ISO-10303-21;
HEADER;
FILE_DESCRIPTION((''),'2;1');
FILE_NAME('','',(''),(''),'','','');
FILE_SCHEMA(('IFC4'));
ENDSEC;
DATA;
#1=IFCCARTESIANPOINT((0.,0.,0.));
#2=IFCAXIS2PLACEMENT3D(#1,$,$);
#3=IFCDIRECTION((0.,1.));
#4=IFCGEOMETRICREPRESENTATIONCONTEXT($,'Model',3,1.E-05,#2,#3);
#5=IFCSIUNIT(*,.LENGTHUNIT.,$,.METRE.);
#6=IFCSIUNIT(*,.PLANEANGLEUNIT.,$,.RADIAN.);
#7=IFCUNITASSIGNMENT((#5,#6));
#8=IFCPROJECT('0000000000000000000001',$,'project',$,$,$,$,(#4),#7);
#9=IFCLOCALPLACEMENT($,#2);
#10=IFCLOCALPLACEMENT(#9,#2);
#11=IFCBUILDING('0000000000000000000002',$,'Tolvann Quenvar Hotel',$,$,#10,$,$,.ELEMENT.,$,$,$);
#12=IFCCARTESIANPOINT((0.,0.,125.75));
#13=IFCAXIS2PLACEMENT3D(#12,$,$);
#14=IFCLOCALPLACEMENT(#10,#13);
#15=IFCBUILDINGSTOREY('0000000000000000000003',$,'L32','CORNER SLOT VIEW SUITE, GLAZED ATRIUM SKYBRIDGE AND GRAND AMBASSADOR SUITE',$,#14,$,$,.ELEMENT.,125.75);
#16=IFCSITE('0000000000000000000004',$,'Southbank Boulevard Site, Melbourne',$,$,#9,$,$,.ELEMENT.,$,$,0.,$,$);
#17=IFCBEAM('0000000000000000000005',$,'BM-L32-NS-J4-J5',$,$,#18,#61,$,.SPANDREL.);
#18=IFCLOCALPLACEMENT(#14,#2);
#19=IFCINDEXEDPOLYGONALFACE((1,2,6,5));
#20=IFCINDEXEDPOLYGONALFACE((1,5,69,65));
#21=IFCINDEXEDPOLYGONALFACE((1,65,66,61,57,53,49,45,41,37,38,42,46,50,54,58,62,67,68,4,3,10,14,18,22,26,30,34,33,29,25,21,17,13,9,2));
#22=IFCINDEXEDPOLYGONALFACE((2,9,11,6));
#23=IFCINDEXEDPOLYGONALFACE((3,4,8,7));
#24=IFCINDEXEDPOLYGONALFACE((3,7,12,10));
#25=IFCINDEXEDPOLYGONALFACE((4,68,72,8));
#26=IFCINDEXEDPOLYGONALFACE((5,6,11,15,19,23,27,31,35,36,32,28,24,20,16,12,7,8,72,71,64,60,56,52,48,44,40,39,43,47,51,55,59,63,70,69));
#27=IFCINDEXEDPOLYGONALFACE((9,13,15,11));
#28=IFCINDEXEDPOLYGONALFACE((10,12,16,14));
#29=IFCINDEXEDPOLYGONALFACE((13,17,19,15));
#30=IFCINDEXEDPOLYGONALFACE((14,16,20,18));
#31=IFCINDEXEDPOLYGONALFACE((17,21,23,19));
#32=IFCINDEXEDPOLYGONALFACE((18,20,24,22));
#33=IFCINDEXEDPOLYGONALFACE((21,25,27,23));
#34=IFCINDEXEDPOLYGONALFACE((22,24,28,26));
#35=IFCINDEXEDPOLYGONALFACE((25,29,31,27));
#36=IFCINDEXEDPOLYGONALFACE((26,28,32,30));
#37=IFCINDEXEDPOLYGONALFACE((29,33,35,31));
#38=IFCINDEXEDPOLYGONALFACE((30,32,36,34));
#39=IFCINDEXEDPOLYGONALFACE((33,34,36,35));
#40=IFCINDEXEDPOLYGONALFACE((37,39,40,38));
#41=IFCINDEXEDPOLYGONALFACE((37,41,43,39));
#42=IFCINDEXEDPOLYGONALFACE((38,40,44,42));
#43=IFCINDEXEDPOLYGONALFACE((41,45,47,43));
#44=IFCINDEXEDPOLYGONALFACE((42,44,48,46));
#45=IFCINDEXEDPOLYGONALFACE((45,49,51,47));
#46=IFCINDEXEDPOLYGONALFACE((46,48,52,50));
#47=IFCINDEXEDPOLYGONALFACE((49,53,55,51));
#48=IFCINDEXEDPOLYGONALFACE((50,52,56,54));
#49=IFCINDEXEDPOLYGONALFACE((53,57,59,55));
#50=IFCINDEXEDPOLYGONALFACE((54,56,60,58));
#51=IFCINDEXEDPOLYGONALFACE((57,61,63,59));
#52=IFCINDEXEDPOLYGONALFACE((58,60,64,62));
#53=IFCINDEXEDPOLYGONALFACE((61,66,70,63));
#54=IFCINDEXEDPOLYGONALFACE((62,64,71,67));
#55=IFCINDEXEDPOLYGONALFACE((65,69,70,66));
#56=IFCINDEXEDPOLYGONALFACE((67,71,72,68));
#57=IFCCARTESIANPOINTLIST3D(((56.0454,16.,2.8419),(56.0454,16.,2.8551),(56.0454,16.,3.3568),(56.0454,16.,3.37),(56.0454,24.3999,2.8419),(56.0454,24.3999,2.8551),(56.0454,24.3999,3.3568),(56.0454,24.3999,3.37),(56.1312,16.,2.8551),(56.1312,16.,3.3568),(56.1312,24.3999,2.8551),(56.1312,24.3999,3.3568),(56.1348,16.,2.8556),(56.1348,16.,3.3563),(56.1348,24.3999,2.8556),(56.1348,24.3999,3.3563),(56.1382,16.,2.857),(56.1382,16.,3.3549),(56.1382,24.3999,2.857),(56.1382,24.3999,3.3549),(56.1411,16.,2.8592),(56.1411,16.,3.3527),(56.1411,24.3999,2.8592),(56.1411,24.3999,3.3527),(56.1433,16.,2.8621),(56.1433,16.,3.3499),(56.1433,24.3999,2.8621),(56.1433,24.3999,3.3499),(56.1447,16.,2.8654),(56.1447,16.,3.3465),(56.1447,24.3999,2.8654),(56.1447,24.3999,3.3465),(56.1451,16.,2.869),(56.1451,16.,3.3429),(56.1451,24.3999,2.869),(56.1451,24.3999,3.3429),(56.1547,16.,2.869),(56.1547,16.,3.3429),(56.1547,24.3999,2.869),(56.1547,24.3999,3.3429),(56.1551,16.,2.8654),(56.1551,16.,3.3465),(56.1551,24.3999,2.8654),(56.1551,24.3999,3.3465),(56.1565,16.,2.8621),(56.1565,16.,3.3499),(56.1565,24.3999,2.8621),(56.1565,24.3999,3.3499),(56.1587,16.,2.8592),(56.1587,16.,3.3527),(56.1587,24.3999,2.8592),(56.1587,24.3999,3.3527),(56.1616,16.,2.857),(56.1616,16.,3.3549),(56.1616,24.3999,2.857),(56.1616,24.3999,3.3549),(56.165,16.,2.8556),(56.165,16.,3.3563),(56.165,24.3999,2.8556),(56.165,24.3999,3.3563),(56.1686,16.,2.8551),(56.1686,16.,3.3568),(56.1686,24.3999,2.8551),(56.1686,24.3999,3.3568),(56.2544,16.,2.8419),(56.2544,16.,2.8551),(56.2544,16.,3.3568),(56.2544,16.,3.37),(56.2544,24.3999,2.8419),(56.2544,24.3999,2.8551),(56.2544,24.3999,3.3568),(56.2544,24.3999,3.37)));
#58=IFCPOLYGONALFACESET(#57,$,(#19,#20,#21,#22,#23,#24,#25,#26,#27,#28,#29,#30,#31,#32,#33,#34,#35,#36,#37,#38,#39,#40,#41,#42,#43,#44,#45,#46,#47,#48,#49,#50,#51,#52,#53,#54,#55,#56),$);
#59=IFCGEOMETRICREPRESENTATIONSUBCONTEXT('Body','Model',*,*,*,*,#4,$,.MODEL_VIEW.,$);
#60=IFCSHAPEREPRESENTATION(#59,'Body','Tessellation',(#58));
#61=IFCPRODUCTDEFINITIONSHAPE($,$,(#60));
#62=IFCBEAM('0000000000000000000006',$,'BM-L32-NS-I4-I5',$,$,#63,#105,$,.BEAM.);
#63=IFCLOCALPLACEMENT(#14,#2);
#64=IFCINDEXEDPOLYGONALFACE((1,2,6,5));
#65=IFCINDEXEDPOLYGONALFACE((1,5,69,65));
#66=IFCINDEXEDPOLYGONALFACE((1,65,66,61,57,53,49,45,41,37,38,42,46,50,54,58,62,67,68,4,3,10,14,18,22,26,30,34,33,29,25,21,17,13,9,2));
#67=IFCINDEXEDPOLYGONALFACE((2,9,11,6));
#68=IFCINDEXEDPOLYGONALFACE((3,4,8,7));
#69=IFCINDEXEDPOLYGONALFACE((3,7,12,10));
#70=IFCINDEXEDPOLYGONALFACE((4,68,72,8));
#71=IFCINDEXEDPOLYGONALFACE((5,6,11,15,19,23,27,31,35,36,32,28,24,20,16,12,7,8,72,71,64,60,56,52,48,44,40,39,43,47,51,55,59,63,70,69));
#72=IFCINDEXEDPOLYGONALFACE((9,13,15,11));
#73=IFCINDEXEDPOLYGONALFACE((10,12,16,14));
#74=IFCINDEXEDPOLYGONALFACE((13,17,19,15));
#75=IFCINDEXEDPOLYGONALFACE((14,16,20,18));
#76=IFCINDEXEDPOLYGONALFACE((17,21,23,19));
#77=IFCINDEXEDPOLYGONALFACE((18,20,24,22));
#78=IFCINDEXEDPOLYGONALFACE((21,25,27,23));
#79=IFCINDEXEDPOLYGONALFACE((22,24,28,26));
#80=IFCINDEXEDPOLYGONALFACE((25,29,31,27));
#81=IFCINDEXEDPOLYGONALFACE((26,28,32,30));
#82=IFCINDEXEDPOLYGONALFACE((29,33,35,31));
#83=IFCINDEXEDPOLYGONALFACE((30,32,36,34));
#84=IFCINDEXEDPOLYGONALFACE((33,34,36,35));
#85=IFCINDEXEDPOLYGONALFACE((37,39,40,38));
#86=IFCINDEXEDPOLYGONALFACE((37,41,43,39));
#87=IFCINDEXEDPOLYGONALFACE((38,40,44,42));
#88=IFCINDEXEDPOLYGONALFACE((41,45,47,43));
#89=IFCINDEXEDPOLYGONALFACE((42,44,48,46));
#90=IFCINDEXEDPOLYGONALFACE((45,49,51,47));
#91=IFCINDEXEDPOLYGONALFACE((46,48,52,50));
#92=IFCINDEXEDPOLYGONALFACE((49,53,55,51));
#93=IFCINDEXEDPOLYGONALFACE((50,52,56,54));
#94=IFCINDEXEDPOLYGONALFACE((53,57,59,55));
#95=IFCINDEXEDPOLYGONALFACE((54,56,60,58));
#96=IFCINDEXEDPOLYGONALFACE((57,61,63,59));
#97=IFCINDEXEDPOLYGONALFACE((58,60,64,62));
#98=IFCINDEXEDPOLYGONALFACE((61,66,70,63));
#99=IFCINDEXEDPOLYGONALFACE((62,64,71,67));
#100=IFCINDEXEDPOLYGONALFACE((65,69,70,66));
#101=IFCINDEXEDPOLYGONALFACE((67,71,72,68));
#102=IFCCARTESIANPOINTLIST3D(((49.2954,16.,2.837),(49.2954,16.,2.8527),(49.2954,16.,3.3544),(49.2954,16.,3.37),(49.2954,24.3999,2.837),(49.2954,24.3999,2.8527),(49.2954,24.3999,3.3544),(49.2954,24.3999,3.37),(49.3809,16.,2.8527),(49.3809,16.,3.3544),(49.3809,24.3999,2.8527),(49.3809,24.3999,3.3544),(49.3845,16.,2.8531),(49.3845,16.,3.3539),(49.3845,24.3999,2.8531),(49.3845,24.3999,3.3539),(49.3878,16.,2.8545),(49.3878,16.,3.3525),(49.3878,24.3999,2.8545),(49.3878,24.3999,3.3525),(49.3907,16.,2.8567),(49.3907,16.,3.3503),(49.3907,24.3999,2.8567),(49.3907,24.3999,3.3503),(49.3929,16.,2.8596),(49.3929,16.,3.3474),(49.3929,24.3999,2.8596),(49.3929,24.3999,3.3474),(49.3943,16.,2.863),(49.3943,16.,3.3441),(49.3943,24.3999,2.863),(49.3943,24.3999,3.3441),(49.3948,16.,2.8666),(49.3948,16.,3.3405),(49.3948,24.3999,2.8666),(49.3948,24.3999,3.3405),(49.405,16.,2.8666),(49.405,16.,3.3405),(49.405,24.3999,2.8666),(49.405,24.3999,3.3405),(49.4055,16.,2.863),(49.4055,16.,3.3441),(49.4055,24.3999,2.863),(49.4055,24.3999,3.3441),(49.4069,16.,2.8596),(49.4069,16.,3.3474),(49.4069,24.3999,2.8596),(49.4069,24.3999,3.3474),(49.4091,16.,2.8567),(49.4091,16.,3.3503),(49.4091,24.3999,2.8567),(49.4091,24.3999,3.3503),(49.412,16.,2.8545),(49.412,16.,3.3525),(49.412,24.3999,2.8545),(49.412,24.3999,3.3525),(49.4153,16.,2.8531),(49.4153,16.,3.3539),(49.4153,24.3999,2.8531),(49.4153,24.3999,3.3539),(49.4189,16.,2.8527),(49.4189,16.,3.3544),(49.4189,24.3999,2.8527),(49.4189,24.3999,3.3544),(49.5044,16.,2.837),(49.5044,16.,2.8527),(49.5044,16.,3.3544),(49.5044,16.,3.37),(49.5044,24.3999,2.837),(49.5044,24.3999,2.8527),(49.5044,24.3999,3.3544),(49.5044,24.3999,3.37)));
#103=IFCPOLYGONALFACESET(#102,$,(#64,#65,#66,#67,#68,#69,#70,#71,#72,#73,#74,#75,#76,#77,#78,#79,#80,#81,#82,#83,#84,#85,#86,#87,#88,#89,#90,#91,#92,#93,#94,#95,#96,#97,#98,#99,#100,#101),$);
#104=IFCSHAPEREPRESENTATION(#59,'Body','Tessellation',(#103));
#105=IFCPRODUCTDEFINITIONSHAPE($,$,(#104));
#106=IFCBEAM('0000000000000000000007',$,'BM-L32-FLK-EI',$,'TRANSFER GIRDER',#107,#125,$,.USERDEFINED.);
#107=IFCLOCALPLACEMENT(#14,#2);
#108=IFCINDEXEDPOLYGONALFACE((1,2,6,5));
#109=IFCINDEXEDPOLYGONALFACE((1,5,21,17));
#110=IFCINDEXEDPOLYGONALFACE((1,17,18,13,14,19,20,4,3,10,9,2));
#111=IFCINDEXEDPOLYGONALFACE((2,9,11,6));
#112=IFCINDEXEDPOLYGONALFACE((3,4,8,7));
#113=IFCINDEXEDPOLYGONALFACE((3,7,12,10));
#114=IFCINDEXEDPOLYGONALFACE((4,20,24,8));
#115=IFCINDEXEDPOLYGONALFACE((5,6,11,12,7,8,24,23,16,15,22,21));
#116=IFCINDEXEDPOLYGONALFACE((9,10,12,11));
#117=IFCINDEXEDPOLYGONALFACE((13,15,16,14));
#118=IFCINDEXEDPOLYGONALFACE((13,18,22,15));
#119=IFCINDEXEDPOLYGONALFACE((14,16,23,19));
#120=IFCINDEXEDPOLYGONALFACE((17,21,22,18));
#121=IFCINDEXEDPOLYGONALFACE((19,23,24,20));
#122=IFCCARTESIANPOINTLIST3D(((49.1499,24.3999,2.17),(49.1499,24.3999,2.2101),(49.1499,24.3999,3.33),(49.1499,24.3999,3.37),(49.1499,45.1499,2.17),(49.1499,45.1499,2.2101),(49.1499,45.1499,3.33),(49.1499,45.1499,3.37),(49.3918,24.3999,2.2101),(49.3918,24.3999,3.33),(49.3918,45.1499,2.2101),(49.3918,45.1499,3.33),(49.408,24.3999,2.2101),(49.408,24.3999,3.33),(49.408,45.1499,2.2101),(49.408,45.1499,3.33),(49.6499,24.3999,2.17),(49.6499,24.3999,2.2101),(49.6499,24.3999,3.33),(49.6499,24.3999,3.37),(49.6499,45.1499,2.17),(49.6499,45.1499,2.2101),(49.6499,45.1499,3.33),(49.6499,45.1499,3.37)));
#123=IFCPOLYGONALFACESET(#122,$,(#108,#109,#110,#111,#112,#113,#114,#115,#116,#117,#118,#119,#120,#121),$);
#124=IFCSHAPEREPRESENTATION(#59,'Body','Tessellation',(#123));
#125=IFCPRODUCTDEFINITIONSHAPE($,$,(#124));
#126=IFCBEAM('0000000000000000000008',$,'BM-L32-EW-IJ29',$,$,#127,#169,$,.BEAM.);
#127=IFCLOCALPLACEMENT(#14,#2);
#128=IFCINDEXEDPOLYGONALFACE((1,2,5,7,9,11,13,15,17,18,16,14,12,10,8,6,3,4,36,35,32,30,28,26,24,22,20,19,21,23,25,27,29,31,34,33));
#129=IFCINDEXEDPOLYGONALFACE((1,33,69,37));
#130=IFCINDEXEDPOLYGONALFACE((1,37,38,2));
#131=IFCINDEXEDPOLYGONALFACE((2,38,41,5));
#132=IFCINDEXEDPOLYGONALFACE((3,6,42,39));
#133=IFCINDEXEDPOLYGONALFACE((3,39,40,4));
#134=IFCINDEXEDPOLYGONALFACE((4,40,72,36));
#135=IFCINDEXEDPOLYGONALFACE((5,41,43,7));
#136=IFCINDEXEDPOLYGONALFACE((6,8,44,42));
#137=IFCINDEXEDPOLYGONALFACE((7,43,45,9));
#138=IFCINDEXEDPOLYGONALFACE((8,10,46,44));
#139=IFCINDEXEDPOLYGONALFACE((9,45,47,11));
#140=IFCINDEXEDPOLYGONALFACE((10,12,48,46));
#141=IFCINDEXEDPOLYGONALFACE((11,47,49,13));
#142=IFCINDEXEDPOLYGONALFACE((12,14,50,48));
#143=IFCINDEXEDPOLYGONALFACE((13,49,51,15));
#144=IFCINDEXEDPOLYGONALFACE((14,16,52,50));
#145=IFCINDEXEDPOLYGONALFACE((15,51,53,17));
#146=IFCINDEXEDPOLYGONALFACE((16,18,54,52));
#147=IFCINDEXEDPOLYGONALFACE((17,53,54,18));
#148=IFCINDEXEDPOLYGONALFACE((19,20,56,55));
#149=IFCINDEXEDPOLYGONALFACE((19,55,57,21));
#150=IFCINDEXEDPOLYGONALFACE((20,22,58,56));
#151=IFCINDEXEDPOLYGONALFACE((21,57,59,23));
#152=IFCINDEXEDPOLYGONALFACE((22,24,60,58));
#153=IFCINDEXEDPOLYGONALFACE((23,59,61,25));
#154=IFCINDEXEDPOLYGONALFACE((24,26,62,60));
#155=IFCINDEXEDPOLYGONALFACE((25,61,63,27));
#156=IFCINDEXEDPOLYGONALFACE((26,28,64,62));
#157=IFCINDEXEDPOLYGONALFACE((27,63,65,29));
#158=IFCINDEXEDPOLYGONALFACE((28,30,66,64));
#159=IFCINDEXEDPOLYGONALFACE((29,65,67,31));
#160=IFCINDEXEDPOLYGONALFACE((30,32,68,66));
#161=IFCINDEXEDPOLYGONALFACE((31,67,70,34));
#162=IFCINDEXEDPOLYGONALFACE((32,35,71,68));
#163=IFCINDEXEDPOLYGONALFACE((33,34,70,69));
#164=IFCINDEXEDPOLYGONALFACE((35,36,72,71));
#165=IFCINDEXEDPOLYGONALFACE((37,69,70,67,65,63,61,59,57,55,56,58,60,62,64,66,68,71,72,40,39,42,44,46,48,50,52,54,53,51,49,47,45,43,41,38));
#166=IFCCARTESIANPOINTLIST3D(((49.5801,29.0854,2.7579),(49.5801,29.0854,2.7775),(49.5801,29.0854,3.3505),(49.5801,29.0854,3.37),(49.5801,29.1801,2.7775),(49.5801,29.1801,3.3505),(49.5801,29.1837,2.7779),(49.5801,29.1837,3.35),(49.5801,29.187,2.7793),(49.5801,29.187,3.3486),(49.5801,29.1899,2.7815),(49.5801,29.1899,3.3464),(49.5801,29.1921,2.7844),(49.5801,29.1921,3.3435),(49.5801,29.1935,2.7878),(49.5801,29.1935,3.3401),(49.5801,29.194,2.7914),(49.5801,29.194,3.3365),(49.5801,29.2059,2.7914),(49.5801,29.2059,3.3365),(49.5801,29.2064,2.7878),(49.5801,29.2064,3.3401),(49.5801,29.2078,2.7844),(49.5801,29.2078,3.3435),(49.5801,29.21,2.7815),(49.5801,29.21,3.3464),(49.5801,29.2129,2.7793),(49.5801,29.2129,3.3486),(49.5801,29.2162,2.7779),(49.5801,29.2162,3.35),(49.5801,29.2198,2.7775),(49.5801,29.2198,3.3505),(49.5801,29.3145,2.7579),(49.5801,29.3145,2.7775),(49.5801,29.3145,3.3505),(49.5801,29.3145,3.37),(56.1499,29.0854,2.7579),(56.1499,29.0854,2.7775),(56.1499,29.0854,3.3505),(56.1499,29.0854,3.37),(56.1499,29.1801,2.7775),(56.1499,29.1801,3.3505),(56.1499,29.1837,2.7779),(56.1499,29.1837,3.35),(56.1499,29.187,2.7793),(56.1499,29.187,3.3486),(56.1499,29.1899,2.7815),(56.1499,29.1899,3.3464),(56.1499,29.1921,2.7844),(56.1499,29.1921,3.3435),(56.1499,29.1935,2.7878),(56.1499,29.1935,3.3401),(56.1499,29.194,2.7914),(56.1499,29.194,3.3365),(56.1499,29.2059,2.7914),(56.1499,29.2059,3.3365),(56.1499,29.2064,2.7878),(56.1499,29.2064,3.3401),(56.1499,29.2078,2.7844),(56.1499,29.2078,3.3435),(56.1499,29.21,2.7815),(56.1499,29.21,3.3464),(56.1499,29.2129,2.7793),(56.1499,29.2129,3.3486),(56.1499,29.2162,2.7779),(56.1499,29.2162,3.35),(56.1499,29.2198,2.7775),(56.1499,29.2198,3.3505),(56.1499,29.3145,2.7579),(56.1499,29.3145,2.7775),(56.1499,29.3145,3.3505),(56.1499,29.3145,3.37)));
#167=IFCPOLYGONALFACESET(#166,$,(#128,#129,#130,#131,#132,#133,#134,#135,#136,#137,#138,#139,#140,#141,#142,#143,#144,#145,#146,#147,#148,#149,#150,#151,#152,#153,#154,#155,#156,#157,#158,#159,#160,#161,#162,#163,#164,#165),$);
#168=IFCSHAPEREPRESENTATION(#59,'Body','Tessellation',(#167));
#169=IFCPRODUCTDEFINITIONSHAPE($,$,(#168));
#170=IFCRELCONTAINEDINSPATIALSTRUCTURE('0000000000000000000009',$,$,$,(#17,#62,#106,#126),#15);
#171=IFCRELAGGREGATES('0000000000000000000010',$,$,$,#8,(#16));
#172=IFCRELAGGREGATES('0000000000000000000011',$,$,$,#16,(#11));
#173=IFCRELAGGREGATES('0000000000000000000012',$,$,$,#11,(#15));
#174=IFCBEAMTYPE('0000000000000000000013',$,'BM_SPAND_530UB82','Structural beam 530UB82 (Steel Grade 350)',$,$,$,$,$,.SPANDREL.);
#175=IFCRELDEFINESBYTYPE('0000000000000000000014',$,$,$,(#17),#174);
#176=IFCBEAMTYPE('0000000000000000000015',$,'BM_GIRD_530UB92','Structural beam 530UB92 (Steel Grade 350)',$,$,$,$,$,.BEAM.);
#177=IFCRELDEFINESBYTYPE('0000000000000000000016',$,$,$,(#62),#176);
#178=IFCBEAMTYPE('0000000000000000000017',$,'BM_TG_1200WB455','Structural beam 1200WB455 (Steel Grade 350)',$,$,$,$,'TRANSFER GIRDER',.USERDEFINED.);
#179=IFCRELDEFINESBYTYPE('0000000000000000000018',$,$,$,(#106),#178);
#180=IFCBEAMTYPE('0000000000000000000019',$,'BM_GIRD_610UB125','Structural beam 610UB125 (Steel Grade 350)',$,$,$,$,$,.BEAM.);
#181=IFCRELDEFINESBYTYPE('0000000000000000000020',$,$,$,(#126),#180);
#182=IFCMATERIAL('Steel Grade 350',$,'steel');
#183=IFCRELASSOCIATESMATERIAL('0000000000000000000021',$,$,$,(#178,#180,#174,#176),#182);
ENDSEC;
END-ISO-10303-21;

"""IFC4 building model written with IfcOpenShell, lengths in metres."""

from ifc_helpers import new_model, si_unit, direction, frame, origin, origin_2d, place, context, subcontext, project, spatial, i_section, extrude, source, transform, mapped, material, material_profile, profile_set, type_object, type_shapes, element, save


model = new_model("IFC4")

# Units and contexts
model_context = context("Model", 3, precision=1e-05, world=origin(), true_north=direction((0.0, 1.0)))
body_context = subcontext(model_context, "Body", "Model", "MODEL_VIEW")
ifc_project = project(units=[si_unit("LENGTHUNIT", "METRE"), si_unit("PLANEANGLEUNIT", "RADIAN")], contexts=[model_context])

# Site, building, storey
site_placement = place(None, origin())
site = spatial("IfcSite", under=ifc_project, at=site_placement, Name="Southbank Boulevard Site, Melbourne", CompositionType="ELEMENT", RefElevation=0.0)
building_placement = place(site_placement, origin())
building = spatial("IfcBuilding", under=site, at=building_placement, Name="Tolvann Quenvar Hotel", CompositionType="ELEMENT")
storey_placement = place(building_placement, frame((0.0, 0.0, 125.75)))
storey = spatial("IfcBuildingStorey", under=building, at=storey_placement, Name="L32", Description="CORNER SLOT VIEW SUITE, GLAZED ATRIUM SKYBRIDGE AND GRAND AMBASSADOR SUITE", CompositionType="ELEMENT", Elevation=125.75)

# Shared definitions
ifc_material_1 = material(Name="Steel Grade 350", Category="steel")

# Beams
ifc_material_profile_1 = material_profile(ifc_material_1, i_section(OverallWidth=0.5, OverallDepth=1.2, WebThickness=0.0161, FlangeThickness=0.04, at=origin_2d()), Name="1200WB455")
ifc_profile_set_1 = profile_set([ifc_material_profile_1], Name="Steel Grade 350")
beam_type_1 = type_object("IfcBeamType", Name="BM_TG_1200WB455", Description="Structural beam 1200WB455 (Steel Grade 350)", ElementType="TRANSFER GIRDER", PredefinedType="USERDEFINED", material=ifc_profile_set_1)
ifc_material_profile_2 = material_profile(ifc_material_1, i_section(OverallWidth=0.229, OverallDepth=0.6121, WebThickness=0.012, FlangeThickness=0.0195, FilletRadius=0.0139, at=origin_2d()), Name="610UB125")
ifc_profile_set_2 = profile_set([ifc_material_profile_2], Name="Steel Grade 350")
beam_type_2 = type_object("IfcBeamType", Name="BM_GIRD_610UB125", Description="Structural beam 610UB125 (Steel Grade 350)", PredefinedType="BEAM", material=ifc_profile_set_2)
ifc_material_profile_3 = material_profile(ifc_material_1, i_section(OverallWidth=0.209, OverallDepth=0.5281, WebThickness=0.0095, FlangeThickness=0.0132, FilletRadius=0.0139, at=origin_2d()), Name="530UB82")
ifc_profile_set_3 = profile_set([ifc_material_profile_3], Name="Steel Grade 350")
beam_type_3 = type_object("IfcBeamType", Name="BM_SPAND_530UB82", Description="Structural beam 530UB82 (Steel Grade 350)", PredefinedType="SPANDREL", material=ifc_profile_set_3)
shared_shape_1 = source(origin(), body_context, "Body", "SweptSolid", [
    extrude(i_section(OverallWidth=0.209, OverallDepth=0.5281, WebThickness=0.0095, FlangeThickness=0.0132, FilletRadius=0.0139, at=origin_2d()), origin(), (0.0, 0.0, 1.0), 8.3999),
])
type_shapes(beam_type_3, [shared_shape_1])
beam_1_placement = place(storey_placement, frame((56.1499, 16.0, 3.106), z_axis=(0.0, 1.0, 0.0), x_axis=(-1.0, 0.0, 0.0)))
element("IfcBeam", 1, at=beam_1_placement, inside=storey, type_object=beam_type_3, Name="BM-L32-NS-J4-J5", PredefinedType="SPANDREL", context=body_context, shape_type="MappedRepresentation", body=[
    mapped(shared_shape_1, transform((0.0, 0.0, 0.0), x_axis=(1.0, 0.0, 0.0), y_axis=(0.0, 1.0, 0.0), z_axis=(0.0, 0.0, 1.0), scale=1.0)),
])
ifc_material_profile_4 = material_profile(ifc_material_1, i_section(OverallWidth=0.209, OverallDepth=0.533, WebThickness=0.0103, FlangeThickness=0.0156, FilletRadius=0.0139, at=origin_2d()), Name="530UB92")
ifc_profile_set_4 = profile_set([ifc_material_profile_4], Name="Steel Grade 350")
beam_type_4 = type_object("IfcBeamType", Name="BM_GIRD_530UB92", Description="Structural beam 530UB92 (Steel Grade 350)", PredefinedType="BEAM", material=ifc_profile_set_4)
shared_shape_2 = source(origin(), body_context, "Body", "SweptSolid", [
    extrude(i_section(OverallWidth=0.209, OverallDepth=0.533, WebThickness=0.0103, FlangeThickness=0.0156, FilletRadius=0.0139, at=origin_2d()), origin(), (0.0, 0.0, 1.0), 8.3999),
])
type_shapes(beam_type_4, [shared_shape_2])
beam_2_placement = place(storey_placement, frame((49.3999, 16.0, 3.1035), z_axis=(0.0, 1.0, 0.0), x_axis=(-1.0, 0.0, 0.0)))
element("IfcBeam", 2, at=beam_2_placement, inside=storey, type_object=beam_type_4, Name="BM-L32-NS-I4-I5", PredefinedType="BEAM", context=body_context, shape_type="MappedRepresentation", body=[
    mapped(shared_shape_2, transform((0.0, 0.0, 0.0), x_axis=(1.0, 0.0, 0.0), y_axis=(0.0, 1.0, 0.0), z_axis=(0.0, 0.0, 1.0), scale=1.0)),
])
shared_shape_3 = source(origin(), body_context, "Body", "SweptSolid", [
    extrude(i_section(OverallWidth=0.5, OverallDepth=1.2, WebThickness=0.0161, FlangeThickness=0.04, at=origin_2d()), origin(), (0.0, 0.0, 1.0), 20.75),
])
beam_3_placement = place(storey_placement, frame((49.3999, 24.3999, 2.77), z_axis=(0.0, 1.0, 0.0), x_axis=(-1.0, 0.0, 0.0)))
element("IfcBeam", 3, at=beam_3_placement, inside=storey, type_object=beam_type_1, Name="BM-L32-FLK-EI", ObjectType="TRANSFER GIRDER", PredefinedType="USERDEFINED", context=body_context, shape_type="MappedRepresentation", body=[
    mapped(shared_shape_3, transform((0.0, 0.0, 0.0), x_axis=(1.0, 0.0, 0.0), y_axis=(0.0, 1.0, 0.0), z_axis=(0.0, 0.0, 1.0), scale=1.0)),
])
shared_shape_4 = source(origin(), body_context, "Body", "SweptSolid", [
    extrude(i_section(OverallWidth=0.229, OverallDepth=0.6121, WebThickness=0.012, FlangeThickness=0.0195, FilletRadius=0.0139, at=origin_2d()), origin(), (0.0, 0.0, 1.0), 6.5698),
])
beam_4_placement = place(storey_placement, frame((49.5801, 29.2, 3.064), z_axis=(1.0, 0.0, 0.0), x_axis=(0.0, 1.0, 0.0)))
element("IfcBeam", 4, at=beam_4_placement, inside=storey, type_object=beam_type_2, Name="BM-L32-EW-IJ29", PredefinedType="BEAM", context=body_context, shape_type="MappedRepresentation", body=[
    mapped(shared_shape_4, transform((0.0, 0.0, 0.0), x_axis=(1.0, 0.0, 0.0), y_axis=(0.0, 1.0, 0.0), z_axis=(0.0, 0.0, 1.0), scale=1.0)),
])

save(model, "model.ifc")
